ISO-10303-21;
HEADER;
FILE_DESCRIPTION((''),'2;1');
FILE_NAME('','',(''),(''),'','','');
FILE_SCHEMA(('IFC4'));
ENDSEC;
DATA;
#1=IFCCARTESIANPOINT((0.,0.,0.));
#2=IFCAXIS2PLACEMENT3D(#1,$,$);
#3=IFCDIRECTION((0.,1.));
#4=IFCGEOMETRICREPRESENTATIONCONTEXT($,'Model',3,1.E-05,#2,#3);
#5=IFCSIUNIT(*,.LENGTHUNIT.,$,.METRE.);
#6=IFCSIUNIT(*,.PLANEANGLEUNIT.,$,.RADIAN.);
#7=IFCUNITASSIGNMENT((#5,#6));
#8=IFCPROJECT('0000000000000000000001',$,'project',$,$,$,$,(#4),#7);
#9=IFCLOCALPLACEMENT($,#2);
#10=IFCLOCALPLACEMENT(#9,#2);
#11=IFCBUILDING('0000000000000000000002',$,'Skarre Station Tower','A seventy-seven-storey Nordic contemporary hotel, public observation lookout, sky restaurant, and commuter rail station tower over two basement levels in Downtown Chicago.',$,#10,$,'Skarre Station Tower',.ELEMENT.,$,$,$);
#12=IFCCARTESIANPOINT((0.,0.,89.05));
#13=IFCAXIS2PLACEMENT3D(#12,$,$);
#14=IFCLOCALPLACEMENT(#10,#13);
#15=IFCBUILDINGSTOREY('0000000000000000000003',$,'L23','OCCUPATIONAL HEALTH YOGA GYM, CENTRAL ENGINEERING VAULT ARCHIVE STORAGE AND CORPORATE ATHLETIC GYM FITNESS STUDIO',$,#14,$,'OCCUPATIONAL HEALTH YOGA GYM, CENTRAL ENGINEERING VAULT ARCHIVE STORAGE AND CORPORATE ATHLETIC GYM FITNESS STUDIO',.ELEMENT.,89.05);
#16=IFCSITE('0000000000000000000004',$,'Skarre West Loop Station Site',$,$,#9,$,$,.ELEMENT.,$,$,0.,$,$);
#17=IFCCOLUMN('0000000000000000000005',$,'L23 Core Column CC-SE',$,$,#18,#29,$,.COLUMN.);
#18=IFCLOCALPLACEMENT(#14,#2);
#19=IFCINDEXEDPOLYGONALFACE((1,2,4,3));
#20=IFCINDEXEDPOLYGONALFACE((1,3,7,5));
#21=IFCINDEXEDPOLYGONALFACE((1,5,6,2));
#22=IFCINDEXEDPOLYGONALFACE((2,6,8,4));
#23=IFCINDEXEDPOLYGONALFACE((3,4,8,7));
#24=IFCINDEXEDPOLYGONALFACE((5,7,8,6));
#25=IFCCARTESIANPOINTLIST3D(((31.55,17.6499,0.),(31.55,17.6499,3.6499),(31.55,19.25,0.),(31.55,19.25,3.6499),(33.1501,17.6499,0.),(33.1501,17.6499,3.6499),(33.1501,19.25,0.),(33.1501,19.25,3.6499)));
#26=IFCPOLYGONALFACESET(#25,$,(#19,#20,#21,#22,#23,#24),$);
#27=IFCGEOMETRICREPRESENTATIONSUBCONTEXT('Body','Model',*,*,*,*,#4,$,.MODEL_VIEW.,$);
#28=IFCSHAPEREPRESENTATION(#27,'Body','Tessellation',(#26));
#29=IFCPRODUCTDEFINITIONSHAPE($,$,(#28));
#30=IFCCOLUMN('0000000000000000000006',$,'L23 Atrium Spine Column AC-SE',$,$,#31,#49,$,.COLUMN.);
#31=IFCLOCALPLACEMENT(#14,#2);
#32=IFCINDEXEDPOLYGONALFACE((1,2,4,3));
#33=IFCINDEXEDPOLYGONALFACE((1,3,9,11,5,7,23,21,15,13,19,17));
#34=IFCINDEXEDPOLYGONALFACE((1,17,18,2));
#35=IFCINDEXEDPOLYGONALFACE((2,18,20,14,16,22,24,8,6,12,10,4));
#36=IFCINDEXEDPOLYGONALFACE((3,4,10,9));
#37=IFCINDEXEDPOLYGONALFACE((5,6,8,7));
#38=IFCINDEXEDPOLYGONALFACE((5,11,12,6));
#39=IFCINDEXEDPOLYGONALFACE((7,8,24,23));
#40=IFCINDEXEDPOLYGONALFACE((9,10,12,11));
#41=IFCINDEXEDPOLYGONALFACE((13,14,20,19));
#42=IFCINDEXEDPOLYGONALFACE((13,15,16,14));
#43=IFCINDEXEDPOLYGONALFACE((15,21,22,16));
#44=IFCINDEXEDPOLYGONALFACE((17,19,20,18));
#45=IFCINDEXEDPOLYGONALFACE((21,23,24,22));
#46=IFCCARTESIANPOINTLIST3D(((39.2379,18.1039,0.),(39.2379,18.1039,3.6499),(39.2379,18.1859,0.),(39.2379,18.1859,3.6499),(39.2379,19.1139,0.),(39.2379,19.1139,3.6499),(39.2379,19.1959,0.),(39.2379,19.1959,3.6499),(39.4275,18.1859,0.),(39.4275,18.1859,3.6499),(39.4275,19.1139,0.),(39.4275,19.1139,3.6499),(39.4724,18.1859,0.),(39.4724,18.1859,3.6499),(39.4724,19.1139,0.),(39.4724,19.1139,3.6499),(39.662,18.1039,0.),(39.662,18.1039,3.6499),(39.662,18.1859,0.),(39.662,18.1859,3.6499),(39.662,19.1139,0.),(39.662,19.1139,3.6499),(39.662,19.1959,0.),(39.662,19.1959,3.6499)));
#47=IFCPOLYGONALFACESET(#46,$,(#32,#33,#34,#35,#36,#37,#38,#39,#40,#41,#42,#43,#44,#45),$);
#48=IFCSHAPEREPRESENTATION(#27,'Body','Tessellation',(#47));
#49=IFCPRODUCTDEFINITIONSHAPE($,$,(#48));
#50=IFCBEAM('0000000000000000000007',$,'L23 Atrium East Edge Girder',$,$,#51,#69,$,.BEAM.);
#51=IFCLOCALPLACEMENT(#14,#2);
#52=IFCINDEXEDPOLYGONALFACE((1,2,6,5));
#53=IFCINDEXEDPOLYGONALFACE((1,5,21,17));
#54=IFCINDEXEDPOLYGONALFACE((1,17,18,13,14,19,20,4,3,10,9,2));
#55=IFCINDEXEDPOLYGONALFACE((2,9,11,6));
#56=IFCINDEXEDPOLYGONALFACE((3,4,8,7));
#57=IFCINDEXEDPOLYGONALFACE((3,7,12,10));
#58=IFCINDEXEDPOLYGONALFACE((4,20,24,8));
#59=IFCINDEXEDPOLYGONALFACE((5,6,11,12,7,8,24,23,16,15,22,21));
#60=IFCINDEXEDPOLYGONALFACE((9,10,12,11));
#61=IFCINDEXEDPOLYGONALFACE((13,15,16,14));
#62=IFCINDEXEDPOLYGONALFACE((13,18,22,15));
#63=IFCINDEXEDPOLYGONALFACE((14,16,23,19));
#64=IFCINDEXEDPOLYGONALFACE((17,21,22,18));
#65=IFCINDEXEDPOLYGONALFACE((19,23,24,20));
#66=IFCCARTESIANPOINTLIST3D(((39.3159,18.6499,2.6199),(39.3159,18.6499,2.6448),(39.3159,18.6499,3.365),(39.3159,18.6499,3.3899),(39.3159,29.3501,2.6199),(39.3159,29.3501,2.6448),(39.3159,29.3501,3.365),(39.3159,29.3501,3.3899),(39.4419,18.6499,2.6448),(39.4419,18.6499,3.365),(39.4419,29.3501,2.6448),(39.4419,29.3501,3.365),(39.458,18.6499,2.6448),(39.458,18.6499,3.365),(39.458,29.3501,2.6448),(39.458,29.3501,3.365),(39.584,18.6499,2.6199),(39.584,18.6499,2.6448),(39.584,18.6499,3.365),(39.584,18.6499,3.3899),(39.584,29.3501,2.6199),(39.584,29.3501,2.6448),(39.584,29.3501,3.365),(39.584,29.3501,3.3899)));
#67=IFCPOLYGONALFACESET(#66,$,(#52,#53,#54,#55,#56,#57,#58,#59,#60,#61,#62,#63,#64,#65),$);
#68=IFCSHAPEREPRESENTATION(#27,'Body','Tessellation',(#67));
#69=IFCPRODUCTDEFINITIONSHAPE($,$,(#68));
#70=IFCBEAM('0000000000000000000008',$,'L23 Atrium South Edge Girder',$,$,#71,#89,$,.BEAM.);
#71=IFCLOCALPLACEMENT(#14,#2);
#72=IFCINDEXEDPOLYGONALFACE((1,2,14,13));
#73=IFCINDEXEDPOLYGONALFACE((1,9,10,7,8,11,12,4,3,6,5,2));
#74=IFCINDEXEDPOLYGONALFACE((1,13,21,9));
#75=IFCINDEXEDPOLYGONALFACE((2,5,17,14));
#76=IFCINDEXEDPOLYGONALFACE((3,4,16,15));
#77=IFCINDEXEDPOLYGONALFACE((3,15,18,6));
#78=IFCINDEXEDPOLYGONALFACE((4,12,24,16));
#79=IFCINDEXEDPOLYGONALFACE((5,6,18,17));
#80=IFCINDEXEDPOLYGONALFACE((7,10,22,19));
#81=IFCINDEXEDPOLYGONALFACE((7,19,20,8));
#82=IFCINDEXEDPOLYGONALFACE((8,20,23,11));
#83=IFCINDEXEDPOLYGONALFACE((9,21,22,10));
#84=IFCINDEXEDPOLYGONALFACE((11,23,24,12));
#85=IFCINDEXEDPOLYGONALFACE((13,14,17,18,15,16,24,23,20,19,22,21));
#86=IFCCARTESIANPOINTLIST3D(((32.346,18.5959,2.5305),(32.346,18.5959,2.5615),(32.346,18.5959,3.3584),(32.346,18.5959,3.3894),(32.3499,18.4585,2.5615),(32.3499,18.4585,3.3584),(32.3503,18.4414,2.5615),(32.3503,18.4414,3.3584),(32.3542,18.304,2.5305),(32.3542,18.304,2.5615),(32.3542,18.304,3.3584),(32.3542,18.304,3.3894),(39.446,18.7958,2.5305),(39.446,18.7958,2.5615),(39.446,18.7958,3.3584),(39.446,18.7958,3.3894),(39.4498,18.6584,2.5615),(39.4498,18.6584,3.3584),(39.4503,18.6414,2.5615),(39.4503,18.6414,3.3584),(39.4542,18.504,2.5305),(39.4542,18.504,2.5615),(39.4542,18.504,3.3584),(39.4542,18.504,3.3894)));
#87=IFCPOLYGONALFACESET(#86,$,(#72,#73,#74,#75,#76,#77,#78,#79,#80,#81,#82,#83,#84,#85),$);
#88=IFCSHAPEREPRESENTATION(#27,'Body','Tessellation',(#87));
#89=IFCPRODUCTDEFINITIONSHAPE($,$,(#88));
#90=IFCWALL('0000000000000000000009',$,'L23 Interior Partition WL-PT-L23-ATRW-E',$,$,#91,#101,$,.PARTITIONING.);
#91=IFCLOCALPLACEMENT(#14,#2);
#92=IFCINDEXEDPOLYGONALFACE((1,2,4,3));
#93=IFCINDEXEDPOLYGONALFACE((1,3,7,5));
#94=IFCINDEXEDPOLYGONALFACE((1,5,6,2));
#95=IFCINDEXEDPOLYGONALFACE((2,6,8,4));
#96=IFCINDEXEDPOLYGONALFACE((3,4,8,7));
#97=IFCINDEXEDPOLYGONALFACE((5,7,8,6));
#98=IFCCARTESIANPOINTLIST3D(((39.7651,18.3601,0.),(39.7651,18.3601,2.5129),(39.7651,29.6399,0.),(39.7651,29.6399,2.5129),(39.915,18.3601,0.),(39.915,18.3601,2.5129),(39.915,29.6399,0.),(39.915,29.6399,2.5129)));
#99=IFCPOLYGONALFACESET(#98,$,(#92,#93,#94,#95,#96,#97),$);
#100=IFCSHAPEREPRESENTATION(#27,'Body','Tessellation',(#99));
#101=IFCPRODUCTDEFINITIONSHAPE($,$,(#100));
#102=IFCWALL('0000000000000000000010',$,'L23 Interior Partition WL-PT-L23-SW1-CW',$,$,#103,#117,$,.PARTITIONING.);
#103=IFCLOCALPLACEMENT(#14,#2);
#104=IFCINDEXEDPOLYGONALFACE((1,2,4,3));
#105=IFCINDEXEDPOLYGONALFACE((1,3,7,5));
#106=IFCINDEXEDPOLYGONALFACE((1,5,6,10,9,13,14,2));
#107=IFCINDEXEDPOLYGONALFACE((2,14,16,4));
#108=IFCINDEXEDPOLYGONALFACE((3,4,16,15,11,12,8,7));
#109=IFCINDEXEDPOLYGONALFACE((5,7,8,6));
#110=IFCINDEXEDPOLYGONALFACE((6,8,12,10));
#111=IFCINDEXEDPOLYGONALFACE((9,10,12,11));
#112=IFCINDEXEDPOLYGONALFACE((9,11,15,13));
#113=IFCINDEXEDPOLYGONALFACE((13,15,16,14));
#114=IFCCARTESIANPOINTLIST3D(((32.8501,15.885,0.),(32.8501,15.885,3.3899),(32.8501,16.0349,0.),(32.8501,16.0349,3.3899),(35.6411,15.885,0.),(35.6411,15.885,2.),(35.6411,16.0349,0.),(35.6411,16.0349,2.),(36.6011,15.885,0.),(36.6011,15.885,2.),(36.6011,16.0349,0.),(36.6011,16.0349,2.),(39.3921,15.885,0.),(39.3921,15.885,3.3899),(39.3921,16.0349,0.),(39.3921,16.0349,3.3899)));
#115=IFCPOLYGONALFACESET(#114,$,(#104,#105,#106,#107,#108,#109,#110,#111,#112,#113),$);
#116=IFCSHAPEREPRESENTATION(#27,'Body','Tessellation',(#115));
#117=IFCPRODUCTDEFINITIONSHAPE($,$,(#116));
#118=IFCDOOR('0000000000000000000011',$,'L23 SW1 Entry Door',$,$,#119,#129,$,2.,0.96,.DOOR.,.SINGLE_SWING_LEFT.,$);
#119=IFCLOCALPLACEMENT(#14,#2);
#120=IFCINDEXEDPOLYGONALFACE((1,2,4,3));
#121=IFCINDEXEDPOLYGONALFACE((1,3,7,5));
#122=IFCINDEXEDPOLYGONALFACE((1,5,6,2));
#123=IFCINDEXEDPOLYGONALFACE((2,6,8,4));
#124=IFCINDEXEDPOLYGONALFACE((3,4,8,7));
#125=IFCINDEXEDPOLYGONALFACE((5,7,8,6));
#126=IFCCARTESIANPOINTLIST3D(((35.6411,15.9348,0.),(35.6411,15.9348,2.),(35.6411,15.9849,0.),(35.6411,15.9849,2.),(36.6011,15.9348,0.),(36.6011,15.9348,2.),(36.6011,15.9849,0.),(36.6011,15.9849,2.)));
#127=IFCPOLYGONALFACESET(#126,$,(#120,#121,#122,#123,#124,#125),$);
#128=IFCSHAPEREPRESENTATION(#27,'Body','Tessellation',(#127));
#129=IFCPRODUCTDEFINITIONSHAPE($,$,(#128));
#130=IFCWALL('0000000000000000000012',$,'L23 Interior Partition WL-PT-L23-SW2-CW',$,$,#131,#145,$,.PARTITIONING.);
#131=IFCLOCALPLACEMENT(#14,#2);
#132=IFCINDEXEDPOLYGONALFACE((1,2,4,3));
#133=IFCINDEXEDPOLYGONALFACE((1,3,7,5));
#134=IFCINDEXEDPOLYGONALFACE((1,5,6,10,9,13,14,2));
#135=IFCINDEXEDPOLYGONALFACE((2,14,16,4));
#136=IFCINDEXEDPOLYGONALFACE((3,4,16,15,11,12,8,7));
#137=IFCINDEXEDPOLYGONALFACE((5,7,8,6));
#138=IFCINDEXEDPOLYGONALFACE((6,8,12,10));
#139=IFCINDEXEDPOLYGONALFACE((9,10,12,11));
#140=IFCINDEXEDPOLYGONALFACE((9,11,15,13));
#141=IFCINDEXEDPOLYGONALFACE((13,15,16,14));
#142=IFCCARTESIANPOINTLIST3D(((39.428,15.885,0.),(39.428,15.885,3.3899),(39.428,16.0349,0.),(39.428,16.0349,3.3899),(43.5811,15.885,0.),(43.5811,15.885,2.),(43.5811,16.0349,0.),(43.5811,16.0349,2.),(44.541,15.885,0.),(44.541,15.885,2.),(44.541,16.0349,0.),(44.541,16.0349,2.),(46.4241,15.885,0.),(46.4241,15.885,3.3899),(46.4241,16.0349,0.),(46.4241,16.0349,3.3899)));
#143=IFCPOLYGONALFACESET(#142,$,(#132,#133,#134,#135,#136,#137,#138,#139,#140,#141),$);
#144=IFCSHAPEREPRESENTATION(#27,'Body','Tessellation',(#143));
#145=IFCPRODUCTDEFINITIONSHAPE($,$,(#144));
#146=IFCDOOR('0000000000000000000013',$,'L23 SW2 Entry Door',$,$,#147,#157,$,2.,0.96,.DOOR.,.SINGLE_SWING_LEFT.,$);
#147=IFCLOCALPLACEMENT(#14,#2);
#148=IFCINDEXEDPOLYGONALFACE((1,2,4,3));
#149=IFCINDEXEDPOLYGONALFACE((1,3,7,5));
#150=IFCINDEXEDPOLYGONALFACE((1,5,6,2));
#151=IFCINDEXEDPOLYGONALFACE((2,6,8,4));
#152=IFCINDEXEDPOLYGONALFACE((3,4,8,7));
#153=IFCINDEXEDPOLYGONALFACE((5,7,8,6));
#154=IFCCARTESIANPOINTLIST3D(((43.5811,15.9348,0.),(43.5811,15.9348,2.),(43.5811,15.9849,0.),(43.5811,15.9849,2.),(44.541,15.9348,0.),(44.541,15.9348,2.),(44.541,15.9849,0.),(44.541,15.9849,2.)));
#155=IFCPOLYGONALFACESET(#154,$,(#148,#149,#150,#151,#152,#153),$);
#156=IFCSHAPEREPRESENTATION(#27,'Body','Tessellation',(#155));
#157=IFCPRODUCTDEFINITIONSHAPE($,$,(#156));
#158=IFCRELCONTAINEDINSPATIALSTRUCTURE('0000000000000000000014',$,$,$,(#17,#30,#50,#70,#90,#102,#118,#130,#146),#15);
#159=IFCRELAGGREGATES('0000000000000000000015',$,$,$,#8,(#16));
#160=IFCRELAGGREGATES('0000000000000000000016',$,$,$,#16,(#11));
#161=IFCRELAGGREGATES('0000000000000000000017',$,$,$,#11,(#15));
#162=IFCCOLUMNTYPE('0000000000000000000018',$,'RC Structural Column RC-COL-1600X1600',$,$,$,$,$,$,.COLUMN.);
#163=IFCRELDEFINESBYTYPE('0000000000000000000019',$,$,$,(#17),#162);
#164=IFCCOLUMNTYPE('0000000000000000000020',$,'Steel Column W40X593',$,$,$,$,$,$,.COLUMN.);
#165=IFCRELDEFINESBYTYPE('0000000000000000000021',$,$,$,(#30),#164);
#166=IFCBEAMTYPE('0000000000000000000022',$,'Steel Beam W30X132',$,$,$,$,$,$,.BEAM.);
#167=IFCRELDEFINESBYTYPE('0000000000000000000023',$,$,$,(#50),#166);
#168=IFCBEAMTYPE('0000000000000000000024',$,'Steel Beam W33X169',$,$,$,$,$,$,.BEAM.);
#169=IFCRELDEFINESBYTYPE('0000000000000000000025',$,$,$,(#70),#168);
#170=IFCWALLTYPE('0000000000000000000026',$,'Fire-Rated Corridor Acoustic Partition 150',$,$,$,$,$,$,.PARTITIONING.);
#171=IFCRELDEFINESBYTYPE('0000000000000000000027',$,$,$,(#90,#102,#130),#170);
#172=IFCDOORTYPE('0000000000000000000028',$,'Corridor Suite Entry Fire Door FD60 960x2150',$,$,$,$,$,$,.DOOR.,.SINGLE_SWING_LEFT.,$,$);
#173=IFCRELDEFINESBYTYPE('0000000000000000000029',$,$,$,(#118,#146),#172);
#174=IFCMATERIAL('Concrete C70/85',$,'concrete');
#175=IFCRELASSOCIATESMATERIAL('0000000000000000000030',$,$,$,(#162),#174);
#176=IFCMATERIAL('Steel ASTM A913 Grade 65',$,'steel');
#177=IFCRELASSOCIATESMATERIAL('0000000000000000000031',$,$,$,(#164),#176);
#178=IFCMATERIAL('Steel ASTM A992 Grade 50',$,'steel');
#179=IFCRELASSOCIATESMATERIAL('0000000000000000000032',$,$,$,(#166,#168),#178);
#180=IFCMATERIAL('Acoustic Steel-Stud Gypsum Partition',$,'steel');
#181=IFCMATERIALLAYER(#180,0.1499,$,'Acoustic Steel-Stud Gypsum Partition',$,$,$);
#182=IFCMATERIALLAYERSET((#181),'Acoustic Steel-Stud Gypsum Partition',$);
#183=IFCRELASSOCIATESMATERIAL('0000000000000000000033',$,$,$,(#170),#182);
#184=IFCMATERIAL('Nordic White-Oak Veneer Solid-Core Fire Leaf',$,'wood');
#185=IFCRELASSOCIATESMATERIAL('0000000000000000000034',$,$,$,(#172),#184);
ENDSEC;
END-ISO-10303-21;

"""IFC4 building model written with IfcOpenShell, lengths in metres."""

from ifc_helpers import new_model, si_unit, direction, frame, frame_2d, origin, origin_2d, place, context, subcontext, project, spatial, rectangle, i_section, extrude, material, layer, layer_set, material_profile, profile_set, type_object, element, fill, save


model = new_model("IFC4")

# Units and contexts
model_context = context("Model", 3, precision=1e-05, world=origin(), true_north=direction((0.0, 1.0)))
body_context = subcontext(model_context, "Body", "Model", "MODEL_VIEW")
ifc_project = project(units=[si_unit("LENGTHUNIT", "METRE"), si_unit("PLANEANGLEUNIT", "RADIAN")], contexts=[model_context])

# Site, building, storey
site_placement = place(None, origin())
site = spatial("IfcSite", under=ifc_project, at=site_placement, Name="Skarre West Loop Station Site", CompositionType="ELEMENT", RefElevation=0.0)
building_placement = place(site_placement, origin())
building = spatial("IfcBuilding", under=site, at=building_placement, Name="Skarre Station Tower", Description="A seventy-seven-storey Nordic contemporary hotel, public observation lookout, sky restaurant, and commuter rail station tower over two basement levels in Downtown Chicago.", LongName="Skarre Station Tower", CompositionType="ELEMENT")
storey_placement = place(building_placement, frame((0.0, 0.0, 89.05)))
storey = spatial("IfcBuildingStorey", under=building, at=storey_placement, Name="L23", Description="OCCUPATIONAL HEALTH YOGA GYM, CENTRAL ENGINEERING VAULT ARCHIVE STORAGE AND CORPORATE ATHLETIC GYM FITNESS STUDIO", LongName="OCCUPATIONAL HEALTH YOGA GYM, CENTRAL ENGINEERING VAULT ARCHIVE STORAGE AND CORPORATE ATHLETIC GYM FITNESS STUDIO", CompositionType="ELEMENT", Elevation=89.05)

# Columns
ifc_material_1 = material(Name="Concrete C70/85", Category="concrete")
ifc_material_profile_1 = material_profile(ifc_material_1, rectangle(XDim=1.6001, YDim=1.6001, at=origin_2d()), Name="Concrete C70/85")
ifc_profile_set_1 = profile_set([ifc_material_profile_1], Name="Concrete C70/85")
column_type_1 = type_object("IfcColumnType", Name="RC Structural Column RC-COL-1600X1600", PredefinedType="COLUMN", material=ifc_profile_set_1)
column_1_placement = place(storey_placement, frame((32.3501, 18.45, 0.0), z_axis=(0.0, 0.0, 1.0), x_axis=(1.0, 0.0, 0.0)))
element("IfcColumn", 1, at=column_1_placement, inside=storey, type_object=column_type_1, Name="L23 Core Column CC-SE", PredefinedType="COLUMN", context=body_context, shape_type="SweptSolid", body=[
    extrude(rectangle(XDim=1.6001, YDim=1.6001, at=origin_2d()), origin(), (0.0, 0.0, 1.0), 3.6499),
])
ifc_material_2 = material(Name="Steel ASTM A913 Grade 65", Category="steel")
ifc_material_profile_2 = material_profile(ifc_material_2, i_section(OverallWidth=0.4241, OverallDepth=1.092, WebThickness=0.0449, FlangeThickness=0.082, at=origin_2d()), Name="Steel ASTM A913 Grade 65")
ifc_profile_set_2 = profile_set([ifc_material_profile_2], Name="Steel ASTM A913 Grade 65")
column_type_2 = type_object("IfcColumnType", Name="Steel Column W40X593", PredefinedType="COLUMN", material=ifc_profile_set_2)
column_2_placement = place(storey_placement, frame((39.45, 18.6499, 0.0), z_axis=(0.0, 0.0, 1.0), x_axis=(1.0, 0.0, 0.0)))
element("IfcColumn", 2, at=column_2_placement, inside=storey, type_object=column_type_2, Name="L23 Atrium Spine Column AC-SE", PredefinedType="COLUMN", context=body_context, shape_type="SweptSolid", body=[
    extrude(i_section(OverallWidth=0.4241, OverallDepth=1.092, WebThickness=0.0449, FlangeThickness=0.082, at=origin_2d()), origin(), (0.0, 0.0, 1.0), 3.6499),
])

# Beams
ifc_material_3 = material(Name="Steel ASTM A992 Grade 50", Category="steel")
ifc_material_profile_3 = material_profile(ifc_material_3, i_section(OverallWidth=0.2681, OverallDepth=0.77, WebThickness=0.0161, FlangeThickness=0.0249, at=origin_2d()), Name="Steel ASTM A992 Grade 50")
ifc_profile_set_3 = profile_set([ifc_material_profile_3], Name="Steel ASTM A992 Grade 50")
beam_type_1 = type_object("IfcBeamType", Name="Steel Beam W30X132", PredefinedType="BEAM", material=ifc_profile_set_3)
beam_1_placement = place(storey_placement, frame((39.45, 18.6499, 3.0049), z_axis=(0.0, 1.0, 0.0), x_axis=(-1.0, 0.0, 0.0)))
element("IfcBeam", 3, at=beam_1_placement, inside=storey, type_object=beam_type_1, Name="L23 Atrium East Edge Girder", PredefinedType="BEAM", context=body_context, shape_type="SweptSolid", body=[
    extrude(i_section(OverallWidth=0.2681, OverallDepth=0.77, WebThickness=0.0161, FlangeThickness=0.0249, at=origin_2d()), origin(), (0.0, 0.0, 1.0), 10.7002),
])
ifc_material_profile_4 = material_profile(ifc_material_3, i_section(OverallWidth=0.292, OverallDepth=0.8589, WebThickness=0.0171, FlangeThickness=0.031, at=origin_2d()), Name="Steel ASTM A992 Grade 50")
ifc_profile_set_4 = profile_set([ifc_material_profile_4], Name="Steel ASTM A992 Grade 50")
beam_type_2 = type_object("IfcBeamType", Name="Steel Beam W33X169", PredefinedType="BEAM", material=ifc_profile_set_4)
beam_2_placement = place(storey_placement, frame((32.3501, 18.45, 2.96), z_axis=(0.999604, 0.028152, 0.0), x_axis=(-0.028152, 0.999604, 0.0)))
element("IfcBeam", 4, at=beam_2_placement, inside=storey, type_object=beam_type_2, Name="L23 Atrium South Edge Girder", PredefinedType="BEAM", context=body_context, shape_type="SweptSolid", body=[
    extrude(i_section(OverallWidth=0.292, OverallDepth=0.8589, WebThickness=0.0171, FlangeThickness=0.031, at=origin_2d()), origin(), (0.0, 0.0, 1.0), 7.1028),
])

# Wall
ifc_material_4 = material(Name="Acoustic Steel-Stud Gypsum Partition", Category="steel")
ifc_layer_1 = layer(ifc_material_4, 0.1499, Name="Acoustic Steel-Stud Gypsum Partition")
ifc_layer_set_1 = layer_set([ifc_layer_1], Name="Acoustic Steel-Stud Gypsum Partition")
wall_type_1 = type_object("IfcWallType", Name="Fire-Rated Corridor Acoustic Partition 150", PredefinedType="PARTITIONING", material=ifc_layer_set_1)
wall_1_placement = place(storey_placement, frame((39.8401, 18.3601, 0.0), z_axis=(0.0, 0.0, 1.0), x_axis=(0.0, 1.0, 0.0)))
element("IfcWall", 5, at=wall_1_placement, inside=storey, type_object=wall_type_1, Name="L23 Interior Partition WL-PT-L23-ATRW-E", PredefinedType="PARTITIONING", context=body_context, shape_type="SweptSolid", body=[
    extrude(rectangle(XDim=11.2798, YDim=0.1499, at=frame_2d((5.6399, 0.0))), origin(), (0.0, 0.0, 1.0), 2.5129),
])

# Walls, openings, doors
wall_2_placement = place(storey_placement, frame((32.8501, 15.96, 0.0), z_axis=(0.0, 0.0, 1.0), x_axis=(1.0, 0.0, 0.0)))
wall_2 = element("IfcWall", 6, at=wall_2_placement, inside=storey, type_object=wall_type_1, Name="L23 Interior Partition WL-PT-L23-SW1-CW", PredefinedType="PARTITIONING", context=body_context, shape_type="SweptSolid", body=[
    extrude(rectangle(XDim=6.542, YDim=0.1499, at=frame_2d((3.271, 0.0))), origin(), (0.0, 0.0, 1.0), 3.3899),
])
opening_1_placement = place(wall_2_placement, frame((2.791, 0.0, 0.0)))
opening_1 = element("IfcOpeningElement", 7, at=opening_1_placement, cuts=wall_2, PredefinedType="OPENING", context=body_context, shape_type="SweptSolid", body=[
    extrude(rectangle(XDim=0.96, YDim=2.0, at=frame_2d((0.48, 1.0))), frame((0.0, 0.085, 0.0), z_axis=(0.0, -1.0, 0.0), x_axis=(1.0, 0.0, 0.0)), (0.0, 0.0, 1.0), 0.1699),
])
ifc_material_5 = material(Name="Nordic White-Oak Veneer Solid-Core Fire Leaf", Category="wood")
door_type_1 = type_object("IfcDoorType", Name="Corridor Suite Entry Fire Door FD60 960x2150", OperationType="SINGLE_SWING_LEFT", PredefinedType="DOOR", material=ifc_material_5)
door_1_placement = place(opening_1_placement, origin())
door_1 = element("IfcDoor", 8, at=door_1_placement, inside=storey, type_object=door_type_1, Name="L23 SW1 Entry Door", OperationType="SINGLE_SWING_LEFT", OverallHeight=2.0, OverallWidth=0.96, PredefinedType="DOOR", context=body_context, shape_type="SweptSolid", body=[
    extrude(rectangle(XDim=0.96, YDim=2.0, at=frame_2d((0.48, 1.0))), frame((0.0, 0.0249, 0.0), z_axis=(0.0, -1.0, 0.0), x_axis=(1.0, 0.0, 0.0)), (0.0, 0.0, 1.0), 0.05),
])
fill(opening_1, door_1)
wall_3_placement = place(storey_placement, frame((39.428, 15.96, 0.0), z_axis=(0.0, 0.0, 1.0), x_axis=(1.0, 0.0, 0.0)))
wall_3 = element("IfcWall", 9, at=wall_3_placement, inside=storey, type_object=wall_type_1, Name="L23 Interior Partition WL-PT-L23-SW2-CW", PredefinedType="PARTITIONING", context=body_context, shape_type="SweptSolid", body=[
    extrude(rectangle(XDim=6.9961, YDim=0.1499, at=frame_2d((3.498, 0.0))), origin(), (0.0, 0.0, 1.0), 3.3899),
])
opening_2_placement = place(wall_3_placement, frame((4.1531, 0.0, 0.0)))
opening_2 = element("IfcOpeningElement", 10, at=opening_2_placement, cuts=wall_3, PredefinedType="OPENING", context=body_context, shape_type="SweptSolid", body=[
    extrude(rectangle(XDim=0.96, YDim=2.0, at=frame_2d((0.48, 1.0))), frame((0.0, 0.085, 0.0), z_axis=(0.0, -1.0, 0.0), x_axis=(1.0, 0.0, 0.0)), (0.0, 0.0, 1.0), 0.1699),
])
door_2_placement = place(opening_2_placement, origin())
door_2 = element("IfcDoor", 11, at=door_2_placement, inside=storey, type_object=door_type_1, Name="L23 SW2 Entry Door", OperationType="SINGLE_SWING_LEFT", OverallHeight=2.0, OverallWidth=0.96, PredefinedType="DOOR", context=body_context, shape_type="SweptSolid", body=[
    extrude(rectangle(XDim=0.96, YDim=2.0, at=frame_2d((0.48, 1.0))), frame((0.0, 0.0249, 0.0), z_axis=(0.0, -1.0, 0.0), x_axis=(1.0, 0.0, 0.0)), (0.0, 0.0, 1.0), 0.05),
])
fill(opening_2, door_2)

save(model, "model.ifc")
